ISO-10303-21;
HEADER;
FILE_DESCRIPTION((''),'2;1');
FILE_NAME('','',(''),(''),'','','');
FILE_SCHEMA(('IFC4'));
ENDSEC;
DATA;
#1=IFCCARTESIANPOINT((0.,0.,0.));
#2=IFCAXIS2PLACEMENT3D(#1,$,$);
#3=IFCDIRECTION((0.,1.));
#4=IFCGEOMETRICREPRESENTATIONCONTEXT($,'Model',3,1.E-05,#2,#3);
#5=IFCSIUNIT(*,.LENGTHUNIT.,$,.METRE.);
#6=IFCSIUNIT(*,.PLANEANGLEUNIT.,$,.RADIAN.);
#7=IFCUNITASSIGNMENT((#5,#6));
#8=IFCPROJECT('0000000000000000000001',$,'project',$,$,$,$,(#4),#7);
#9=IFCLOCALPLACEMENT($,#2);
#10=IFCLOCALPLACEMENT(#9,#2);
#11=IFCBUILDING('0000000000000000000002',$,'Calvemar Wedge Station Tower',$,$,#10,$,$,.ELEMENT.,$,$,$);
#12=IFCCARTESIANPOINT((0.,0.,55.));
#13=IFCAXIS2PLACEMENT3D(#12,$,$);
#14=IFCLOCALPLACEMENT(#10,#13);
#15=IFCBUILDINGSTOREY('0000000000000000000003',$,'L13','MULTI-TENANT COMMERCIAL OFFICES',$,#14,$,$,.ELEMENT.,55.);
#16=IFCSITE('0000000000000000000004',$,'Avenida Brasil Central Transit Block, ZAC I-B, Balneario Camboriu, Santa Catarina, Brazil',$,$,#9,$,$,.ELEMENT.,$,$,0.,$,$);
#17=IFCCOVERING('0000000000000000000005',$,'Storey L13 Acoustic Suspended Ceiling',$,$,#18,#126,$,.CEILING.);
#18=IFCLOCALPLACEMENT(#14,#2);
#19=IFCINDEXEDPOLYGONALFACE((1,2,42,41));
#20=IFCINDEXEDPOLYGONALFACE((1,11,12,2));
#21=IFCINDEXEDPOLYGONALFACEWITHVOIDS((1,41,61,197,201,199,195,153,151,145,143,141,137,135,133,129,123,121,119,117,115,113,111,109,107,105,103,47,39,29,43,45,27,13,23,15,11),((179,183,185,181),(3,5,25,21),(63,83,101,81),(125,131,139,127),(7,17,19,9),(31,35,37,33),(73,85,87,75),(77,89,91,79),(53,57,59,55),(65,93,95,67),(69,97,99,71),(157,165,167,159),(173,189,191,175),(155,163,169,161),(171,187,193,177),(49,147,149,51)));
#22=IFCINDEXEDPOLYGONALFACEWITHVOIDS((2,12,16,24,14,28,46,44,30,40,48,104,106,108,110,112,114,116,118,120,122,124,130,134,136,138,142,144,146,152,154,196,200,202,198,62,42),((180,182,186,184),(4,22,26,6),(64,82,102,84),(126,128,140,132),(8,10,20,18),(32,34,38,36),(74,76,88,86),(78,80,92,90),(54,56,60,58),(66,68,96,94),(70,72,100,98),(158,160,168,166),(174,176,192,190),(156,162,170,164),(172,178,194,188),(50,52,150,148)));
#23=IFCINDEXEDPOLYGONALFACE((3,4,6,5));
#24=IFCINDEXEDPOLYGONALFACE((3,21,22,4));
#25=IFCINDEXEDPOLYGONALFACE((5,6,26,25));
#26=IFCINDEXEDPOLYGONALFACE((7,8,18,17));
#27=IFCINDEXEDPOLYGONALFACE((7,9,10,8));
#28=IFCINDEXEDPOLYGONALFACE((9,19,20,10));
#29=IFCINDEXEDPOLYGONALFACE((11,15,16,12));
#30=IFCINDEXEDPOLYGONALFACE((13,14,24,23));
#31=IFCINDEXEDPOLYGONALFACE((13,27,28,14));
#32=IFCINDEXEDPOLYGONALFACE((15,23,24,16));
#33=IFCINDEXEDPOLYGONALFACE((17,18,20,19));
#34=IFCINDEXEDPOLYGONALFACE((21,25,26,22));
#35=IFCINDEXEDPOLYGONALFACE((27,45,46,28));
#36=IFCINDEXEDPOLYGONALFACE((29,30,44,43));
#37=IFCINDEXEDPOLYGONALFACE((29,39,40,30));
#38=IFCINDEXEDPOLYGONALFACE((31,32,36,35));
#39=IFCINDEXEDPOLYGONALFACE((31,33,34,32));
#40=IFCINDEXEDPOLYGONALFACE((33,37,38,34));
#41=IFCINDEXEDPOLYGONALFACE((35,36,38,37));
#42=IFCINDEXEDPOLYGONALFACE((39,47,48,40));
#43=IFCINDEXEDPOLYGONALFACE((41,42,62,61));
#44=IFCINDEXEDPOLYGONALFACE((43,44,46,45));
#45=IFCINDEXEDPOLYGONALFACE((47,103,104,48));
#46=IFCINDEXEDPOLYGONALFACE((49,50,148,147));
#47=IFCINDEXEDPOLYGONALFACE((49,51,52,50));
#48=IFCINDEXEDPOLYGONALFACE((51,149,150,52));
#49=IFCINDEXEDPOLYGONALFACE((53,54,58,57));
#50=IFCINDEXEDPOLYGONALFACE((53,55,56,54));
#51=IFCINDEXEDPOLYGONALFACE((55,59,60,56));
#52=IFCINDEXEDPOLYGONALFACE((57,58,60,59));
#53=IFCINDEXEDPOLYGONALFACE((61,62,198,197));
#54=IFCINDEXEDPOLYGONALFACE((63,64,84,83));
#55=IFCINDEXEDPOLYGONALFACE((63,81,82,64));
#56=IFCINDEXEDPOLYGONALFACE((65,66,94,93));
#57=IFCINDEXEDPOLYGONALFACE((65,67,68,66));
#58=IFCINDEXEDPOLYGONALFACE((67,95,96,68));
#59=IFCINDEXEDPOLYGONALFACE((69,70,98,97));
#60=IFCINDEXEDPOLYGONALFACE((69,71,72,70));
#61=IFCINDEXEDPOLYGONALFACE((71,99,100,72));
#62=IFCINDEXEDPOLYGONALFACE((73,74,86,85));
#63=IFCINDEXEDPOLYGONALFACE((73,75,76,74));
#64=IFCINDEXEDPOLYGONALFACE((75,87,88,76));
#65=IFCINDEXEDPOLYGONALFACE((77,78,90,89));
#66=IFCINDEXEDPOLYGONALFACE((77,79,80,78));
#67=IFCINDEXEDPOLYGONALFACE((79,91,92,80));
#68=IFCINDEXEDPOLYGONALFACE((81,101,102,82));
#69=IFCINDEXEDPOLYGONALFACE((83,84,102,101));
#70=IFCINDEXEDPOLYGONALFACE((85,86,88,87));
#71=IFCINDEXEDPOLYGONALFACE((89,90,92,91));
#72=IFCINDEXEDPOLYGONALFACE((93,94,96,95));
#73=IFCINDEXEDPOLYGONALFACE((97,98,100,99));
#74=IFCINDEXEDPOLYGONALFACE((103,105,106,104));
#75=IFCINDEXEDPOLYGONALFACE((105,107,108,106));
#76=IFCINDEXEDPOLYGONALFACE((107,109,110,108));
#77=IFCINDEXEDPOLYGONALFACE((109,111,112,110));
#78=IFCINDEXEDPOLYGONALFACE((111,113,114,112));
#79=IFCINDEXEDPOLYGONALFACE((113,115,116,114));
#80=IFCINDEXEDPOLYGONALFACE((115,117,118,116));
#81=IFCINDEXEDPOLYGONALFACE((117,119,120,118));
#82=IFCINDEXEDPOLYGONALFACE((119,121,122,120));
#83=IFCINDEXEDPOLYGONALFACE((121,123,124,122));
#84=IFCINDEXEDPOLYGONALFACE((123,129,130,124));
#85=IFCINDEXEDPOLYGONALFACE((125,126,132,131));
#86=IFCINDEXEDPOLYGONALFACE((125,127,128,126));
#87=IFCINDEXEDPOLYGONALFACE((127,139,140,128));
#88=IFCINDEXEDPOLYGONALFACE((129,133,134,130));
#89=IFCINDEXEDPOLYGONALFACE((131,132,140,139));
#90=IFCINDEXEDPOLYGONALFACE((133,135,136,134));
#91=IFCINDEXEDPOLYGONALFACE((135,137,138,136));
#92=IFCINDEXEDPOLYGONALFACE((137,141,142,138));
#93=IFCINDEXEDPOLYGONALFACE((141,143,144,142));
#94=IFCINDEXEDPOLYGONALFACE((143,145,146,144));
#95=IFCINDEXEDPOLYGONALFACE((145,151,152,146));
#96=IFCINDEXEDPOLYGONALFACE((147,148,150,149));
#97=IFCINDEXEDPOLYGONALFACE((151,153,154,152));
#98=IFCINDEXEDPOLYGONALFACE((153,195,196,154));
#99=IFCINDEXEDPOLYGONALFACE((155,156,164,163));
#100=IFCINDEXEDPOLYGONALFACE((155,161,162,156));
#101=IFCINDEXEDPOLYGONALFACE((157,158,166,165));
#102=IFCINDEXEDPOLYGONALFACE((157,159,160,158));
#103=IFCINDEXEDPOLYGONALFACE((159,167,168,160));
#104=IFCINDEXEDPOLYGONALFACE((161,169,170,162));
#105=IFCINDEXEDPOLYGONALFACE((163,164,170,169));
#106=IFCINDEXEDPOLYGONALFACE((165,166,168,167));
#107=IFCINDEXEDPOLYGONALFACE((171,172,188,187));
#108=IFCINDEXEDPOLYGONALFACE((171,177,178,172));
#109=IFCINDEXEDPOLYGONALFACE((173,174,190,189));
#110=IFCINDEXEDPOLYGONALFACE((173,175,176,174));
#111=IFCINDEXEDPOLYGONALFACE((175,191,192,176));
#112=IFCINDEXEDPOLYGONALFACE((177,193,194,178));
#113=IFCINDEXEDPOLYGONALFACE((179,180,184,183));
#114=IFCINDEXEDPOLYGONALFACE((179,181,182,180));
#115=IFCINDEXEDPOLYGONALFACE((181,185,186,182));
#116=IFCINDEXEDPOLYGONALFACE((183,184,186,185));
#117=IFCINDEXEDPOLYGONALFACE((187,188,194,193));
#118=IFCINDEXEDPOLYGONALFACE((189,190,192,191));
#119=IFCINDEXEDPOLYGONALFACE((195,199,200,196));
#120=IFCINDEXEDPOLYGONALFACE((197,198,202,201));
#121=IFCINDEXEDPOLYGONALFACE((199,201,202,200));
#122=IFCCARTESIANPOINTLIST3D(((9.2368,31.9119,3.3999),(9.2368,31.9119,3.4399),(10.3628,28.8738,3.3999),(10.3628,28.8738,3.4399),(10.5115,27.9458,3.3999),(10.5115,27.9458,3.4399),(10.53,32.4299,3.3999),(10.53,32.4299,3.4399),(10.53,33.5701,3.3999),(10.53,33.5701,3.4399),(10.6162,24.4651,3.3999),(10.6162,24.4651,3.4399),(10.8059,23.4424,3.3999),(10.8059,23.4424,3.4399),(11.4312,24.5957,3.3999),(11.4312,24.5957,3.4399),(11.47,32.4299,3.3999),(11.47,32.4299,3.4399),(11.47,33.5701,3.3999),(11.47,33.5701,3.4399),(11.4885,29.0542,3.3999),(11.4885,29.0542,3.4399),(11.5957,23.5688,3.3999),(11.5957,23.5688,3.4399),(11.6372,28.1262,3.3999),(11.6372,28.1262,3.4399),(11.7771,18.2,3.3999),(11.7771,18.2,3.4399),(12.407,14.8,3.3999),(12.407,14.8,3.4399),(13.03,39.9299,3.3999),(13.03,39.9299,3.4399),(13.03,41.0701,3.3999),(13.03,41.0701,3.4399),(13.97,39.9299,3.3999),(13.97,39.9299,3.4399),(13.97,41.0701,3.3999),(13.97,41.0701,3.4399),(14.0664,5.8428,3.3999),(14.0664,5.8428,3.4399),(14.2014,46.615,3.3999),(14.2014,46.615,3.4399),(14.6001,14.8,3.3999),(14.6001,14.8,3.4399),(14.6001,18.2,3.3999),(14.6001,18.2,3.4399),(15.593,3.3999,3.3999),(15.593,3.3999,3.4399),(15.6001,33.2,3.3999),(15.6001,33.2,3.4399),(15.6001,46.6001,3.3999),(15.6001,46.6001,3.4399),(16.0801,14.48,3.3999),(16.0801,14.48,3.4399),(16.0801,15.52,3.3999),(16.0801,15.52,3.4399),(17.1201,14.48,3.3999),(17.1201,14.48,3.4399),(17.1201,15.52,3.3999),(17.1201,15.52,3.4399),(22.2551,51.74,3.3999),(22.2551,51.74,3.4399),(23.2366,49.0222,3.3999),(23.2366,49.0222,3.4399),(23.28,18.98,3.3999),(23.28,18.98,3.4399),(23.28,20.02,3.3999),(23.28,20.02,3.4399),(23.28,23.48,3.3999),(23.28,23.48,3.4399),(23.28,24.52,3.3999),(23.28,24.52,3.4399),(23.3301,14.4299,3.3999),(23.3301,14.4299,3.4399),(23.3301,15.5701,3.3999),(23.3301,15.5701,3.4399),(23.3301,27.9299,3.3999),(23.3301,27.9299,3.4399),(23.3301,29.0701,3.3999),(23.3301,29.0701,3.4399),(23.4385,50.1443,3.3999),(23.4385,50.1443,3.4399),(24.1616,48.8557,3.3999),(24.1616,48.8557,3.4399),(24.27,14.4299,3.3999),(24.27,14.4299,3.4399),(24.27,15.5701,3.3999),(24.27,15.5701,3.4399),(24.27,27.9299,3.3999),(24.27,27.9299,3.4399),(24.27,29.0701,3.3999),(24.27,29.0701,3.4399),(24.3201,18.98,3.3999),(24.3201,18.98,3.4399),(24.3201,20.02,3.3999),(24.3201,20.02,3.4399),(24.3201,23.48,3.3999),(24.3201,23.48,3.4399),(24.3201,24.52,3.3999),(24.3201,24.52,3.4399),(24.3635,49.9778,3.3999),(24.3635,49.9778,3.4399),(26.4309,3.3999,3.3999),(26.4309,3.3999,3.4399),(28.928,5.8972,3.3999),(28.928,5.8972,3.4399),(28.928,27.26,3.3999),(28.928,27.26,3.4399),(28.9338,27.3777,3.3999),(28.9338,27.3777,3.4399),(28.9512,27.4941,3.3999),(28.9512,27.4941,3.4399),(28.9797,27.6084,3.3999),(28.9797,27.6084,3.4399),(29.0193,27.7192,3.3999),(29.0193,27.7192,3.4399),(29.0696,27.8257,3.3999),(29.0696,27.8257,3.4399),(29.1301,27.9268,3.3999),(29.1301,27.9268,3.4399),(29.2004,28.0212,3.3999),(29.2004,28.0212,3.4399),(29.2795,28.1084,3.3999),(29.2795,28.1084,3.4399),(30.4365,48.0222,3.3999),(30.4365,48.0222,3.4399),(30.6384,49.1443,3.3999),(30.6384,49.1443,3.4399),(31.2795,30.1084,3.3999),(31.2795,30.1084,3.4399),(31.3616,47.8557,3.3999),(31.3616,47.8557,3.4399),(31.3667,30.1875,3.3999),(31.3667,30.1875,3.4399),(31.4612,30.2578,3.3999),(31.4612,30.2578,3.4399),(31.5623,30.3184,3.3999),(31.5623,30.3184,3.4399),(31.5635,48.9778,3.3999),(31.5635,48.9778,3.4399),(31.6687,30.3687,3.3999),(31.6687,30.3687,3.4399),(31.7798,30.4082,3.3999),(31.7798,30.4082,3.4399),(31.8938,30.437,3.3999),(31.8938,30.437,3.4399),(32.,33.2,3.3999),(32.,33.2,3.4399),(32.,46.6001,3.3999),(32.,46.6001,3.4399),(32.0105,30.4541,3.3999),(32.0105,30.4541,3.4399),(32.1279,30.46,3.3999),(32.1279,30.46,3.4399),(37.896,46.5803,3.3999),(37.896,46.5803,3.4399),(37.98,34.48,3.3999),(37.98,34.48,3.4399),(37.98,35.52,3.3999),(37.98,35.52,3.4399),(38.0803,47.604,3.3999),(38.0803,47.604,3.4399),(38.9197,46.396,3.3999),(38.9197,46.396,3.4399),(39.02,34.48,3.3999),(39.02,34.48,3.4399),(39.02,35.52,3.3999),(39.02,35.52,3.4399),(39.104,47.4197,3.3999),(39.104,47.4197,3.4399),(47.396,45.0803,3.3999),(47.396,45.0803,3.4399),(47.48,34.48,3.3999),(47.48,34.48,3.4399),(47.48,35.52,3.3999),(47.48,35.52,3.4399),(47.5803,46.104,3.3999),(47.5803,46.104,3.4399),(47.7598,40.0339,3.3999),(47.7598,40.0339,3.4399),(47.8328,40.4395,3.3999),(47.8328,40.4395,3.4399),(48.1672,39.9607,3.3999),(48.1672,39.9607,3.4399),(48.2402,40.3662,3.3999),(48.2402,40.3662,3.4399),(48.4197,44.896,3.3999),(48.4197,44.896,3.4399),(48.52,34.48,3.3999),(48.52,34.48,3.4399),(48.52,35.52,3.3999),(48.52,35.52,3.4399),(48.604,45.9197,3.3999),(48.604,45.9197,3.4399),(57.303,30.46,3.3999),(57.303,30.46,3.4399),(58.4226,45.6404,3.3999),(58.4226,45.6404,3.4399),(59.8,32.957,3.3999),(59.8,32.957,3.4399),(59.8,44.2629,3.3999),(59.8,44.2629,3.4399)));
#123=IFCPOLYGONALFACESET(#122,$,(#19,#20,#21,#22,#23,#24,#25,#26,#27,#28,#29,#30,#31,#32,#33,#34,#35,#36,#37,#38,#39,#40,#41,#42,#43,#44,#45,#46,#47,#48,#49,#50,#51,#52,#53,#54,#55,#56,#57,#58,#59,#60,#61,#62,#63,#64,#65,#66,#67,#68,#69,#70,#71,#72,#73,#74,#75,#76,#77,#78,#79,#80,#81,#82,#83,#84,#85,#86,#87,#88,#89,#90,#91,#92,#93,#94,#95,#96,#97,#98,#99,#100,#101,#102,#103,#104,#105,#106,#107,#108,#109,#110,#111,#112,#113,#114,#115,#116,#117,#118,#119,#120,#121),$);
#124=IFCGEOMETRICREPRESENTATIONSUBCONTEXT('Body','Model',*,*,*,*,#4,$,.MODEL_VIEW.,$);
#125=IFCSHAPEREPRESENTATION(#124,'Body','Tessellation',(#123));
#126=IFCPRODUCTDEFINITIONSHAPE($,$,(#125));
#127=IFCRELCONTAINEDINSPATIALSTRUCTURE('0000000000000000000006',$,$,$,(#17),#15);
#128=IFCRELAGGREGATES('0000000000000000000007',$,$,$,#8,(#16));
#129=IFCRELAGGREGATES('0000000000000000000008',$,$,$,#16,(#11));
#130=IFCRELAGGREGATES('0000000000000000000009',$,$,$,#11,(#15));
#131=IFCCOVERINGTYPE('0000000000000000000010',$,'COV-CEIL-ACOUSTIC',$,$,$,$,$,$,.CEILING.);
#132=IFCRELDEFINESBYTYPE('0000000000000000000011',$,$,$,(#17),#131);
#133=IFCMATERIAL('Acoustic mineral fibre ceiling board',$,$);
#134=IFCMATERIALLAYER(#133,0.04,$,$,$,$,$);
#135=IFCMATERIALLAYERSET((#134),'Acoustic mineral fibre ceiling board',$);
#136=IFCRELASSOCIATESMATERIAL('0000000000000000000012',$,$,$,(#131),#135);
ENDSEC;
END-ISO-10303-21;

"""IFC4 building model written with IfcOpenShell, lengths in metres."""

from ifc_helpers import new_model, si_unit, direction, frame, origin, place, context, subcontext, project, spatial, polyline, outline, extrude, material, layer, layer_set, type_object, element, save


model = new_model("IFC4")

# Units and contexts
model_context = context("Model", 3, precision=1e-05, world=origin(), true_north=direction((0.0, 1.0)))
body_context = subcontext(model_context, "Body", "Model", "MODEL_VIEW")
ifc_project = project(units=[si_unit("LENGTHUNIT", "METRE"), si_unit("PLANEANGLEUNIT", "RADIAN")], contexts=[model_context])

# Site, building, storey
site_placement = place(None, origin())
site = spatial("IfcSite", under=ifc_project, at=site_placement, Name="Avenida Brasil Central Transit Block, ZAC I-B, Balneario Camboriu, Santa Catarina, Brazil", CompositionType="ELEMENT", RefElevation=0.0)
building_placement = place(site_placement, origin())
building = spatial("IfcBuilding", under=site, at=building_placement, Name="Calvemar Wedge Station Tower", CompositionType="ELEMENT")
storey_placement = place(building_placement, frame((0.0, 0.0, 55.0)))
storey = spatial("IfcBuildingStorey", under=building, at=storey_placement, Name="L13", Description="MULTI-TENANT COMMERCIAL OFFICES", CompositionType="ELEMENT", Elevation=55.0)

# Covering
ifc_material_1 = material(Name="Acoustic mineral fibre ceiling board")
ifc_layer_1 = layer(ifc_material_1, 0.04)
ifc_layer_set_1 = layer_set([ifc_layer_1], Name="Acoustic mineral fibre ceiling board")
covering_type_1 = type_object("IfcCoveringType", Name="COV-CEIL-ACOUSTIC", PredefinedType="CEILING", material=ifc_layer_set_1)
covering_1_placement = place(storey_placement, frame((0.0, 0.0, 3.3999)))
element("IfcCovering", 1, at=covering_1_placement, inside=storey, type_object=covering_type_1, Name="Storey L13 Acoustic Suspended Ceiling", PredefinedType="CEILING", context=body_context, shape_type="SweptSolid", body=[
    extrude(outline(polyline([(29.2795, 28.1084), (31.2795, 30.1084), (31.3667, 30.1875), (31.4612, 30.2578), (31.5623, 30.3184), (31.6687, 30.3687), (31.7798, 30.4082), (31.8938, 30.437), (32.0105, 30.4541), (32.1279, 30.46), (57.303, 30.46), (59.8, 32.957), (59.8, 44.2629), (58.4226, 45.6404), (22.2551, 51.74), (14.2014, 46.615), (9.2368, 31.9119), (10.6162, 24.4651), (11.4312, 24.5957), (11.5957, 23.5688), (10.8059, 23.4424), (11.7771, 18.2), (14.6001, 18.2), (14.6001, 14.8), (12.407, 14.8), (14.0664, 5.8428), (15.593, 3.3999), (26.4309, 3.3999), (28.928, 5.8972), (28.928, 27.26), (28.9338, 27.3777), (28.9512, 27.4941), (28.9797, 27.6084), (29.0193, 27.7192), (29.0696, 27.8257), (29.1301, 27.9268), (29.2004, 28.0212), (29.2795, 28.1084)]), holes=[polyline([(15.6001, 46.6001), (32.0, 46.6001), (32.0, 33.2), (15.6001, 33.2), (15.6001, 46.6001)]), polyline([(10.53, 32.4299), (10.53, 33.5701), (11.47, 33.5701), (11.47, 32.4299), (10.53, 32.4299)]), polyline([(13.03, 41.0701), (13.97, 41.0701), (13.97, 39.9299), (13.03, 39.9299), (13.03, 41.0701)]), polyline([(24.3635, 49.9778), (24.1616, 48.8557), (23.2366, 49.0222), (23.4385, 50.1443), (24.3635, 49.9778)]), polyline([(31.3616, 47.8557), (30.4365, 48.0222), (30.6384, 49.1443), (31.5635, 48.9778), (31.3616, 47.8557)]), polyline([(37.896, 46.5803), (38.0803, 47.604), (39.104, 47.4197), (38.9197, 46.396), (37.896, 46.5803)]), polyline([(47.5803, 46.104), (48.604, 45.9197), (48.4197, 44.896), (47.396, 45.0803), (47.5803, 46.104)]), polyline([(39.02, 35.52), (39.02, 34.48), (37.98, 34.48), (37.98, 35.52), (39.02, 35.52)]), polyline([(48.52, 34.48), (47.48, 34.48), (47.48, 35.52), (48.52, 35.52), (48.52, 34.48)]), polyline([(47.7598, 40.0339), (47.8328, 40.4395), (48.2402, 40.3662), (48.1672, 39.9607), (47.7598, 40.0339)]), polyline([(11.4885, 29.0542), (11.6372, 28.1262), (10.5115, 27.9458), (10.3628, 28.8738), (11.4885, 29.0542)]), polyline([(24.27, 27.9299), (23.3301, 27.9299), (23.3301, 29.0701), (24.27, 29.0701), (24.27, 27.9299)]), polyline([(23.28, 23.48), (23.28, 24.52), (24.3201, 24.52), (24.3201, 23.48), (23.28, 23.48)]), polyline([(23.28, 20.02), (24.3201, 20.02), (24.3201, 18.98), (23.28, 18.98), (23.28, 20.02)]), polyline([(24.27, 15.5701), (24.27, 14.4299), (23.3301, 14.4299), (23.3301, 15.5701), (24.27, 15.5701)]), polyline([(17.1201, 14.48), (16.0801, 14.48), (16.0801, 15.52), (17.1201, 15.52), (17.1201, 14.48)])]), origin(), (0.0, 0.0, 1.0), 0.04),
])

save(model, "model.ifc")
